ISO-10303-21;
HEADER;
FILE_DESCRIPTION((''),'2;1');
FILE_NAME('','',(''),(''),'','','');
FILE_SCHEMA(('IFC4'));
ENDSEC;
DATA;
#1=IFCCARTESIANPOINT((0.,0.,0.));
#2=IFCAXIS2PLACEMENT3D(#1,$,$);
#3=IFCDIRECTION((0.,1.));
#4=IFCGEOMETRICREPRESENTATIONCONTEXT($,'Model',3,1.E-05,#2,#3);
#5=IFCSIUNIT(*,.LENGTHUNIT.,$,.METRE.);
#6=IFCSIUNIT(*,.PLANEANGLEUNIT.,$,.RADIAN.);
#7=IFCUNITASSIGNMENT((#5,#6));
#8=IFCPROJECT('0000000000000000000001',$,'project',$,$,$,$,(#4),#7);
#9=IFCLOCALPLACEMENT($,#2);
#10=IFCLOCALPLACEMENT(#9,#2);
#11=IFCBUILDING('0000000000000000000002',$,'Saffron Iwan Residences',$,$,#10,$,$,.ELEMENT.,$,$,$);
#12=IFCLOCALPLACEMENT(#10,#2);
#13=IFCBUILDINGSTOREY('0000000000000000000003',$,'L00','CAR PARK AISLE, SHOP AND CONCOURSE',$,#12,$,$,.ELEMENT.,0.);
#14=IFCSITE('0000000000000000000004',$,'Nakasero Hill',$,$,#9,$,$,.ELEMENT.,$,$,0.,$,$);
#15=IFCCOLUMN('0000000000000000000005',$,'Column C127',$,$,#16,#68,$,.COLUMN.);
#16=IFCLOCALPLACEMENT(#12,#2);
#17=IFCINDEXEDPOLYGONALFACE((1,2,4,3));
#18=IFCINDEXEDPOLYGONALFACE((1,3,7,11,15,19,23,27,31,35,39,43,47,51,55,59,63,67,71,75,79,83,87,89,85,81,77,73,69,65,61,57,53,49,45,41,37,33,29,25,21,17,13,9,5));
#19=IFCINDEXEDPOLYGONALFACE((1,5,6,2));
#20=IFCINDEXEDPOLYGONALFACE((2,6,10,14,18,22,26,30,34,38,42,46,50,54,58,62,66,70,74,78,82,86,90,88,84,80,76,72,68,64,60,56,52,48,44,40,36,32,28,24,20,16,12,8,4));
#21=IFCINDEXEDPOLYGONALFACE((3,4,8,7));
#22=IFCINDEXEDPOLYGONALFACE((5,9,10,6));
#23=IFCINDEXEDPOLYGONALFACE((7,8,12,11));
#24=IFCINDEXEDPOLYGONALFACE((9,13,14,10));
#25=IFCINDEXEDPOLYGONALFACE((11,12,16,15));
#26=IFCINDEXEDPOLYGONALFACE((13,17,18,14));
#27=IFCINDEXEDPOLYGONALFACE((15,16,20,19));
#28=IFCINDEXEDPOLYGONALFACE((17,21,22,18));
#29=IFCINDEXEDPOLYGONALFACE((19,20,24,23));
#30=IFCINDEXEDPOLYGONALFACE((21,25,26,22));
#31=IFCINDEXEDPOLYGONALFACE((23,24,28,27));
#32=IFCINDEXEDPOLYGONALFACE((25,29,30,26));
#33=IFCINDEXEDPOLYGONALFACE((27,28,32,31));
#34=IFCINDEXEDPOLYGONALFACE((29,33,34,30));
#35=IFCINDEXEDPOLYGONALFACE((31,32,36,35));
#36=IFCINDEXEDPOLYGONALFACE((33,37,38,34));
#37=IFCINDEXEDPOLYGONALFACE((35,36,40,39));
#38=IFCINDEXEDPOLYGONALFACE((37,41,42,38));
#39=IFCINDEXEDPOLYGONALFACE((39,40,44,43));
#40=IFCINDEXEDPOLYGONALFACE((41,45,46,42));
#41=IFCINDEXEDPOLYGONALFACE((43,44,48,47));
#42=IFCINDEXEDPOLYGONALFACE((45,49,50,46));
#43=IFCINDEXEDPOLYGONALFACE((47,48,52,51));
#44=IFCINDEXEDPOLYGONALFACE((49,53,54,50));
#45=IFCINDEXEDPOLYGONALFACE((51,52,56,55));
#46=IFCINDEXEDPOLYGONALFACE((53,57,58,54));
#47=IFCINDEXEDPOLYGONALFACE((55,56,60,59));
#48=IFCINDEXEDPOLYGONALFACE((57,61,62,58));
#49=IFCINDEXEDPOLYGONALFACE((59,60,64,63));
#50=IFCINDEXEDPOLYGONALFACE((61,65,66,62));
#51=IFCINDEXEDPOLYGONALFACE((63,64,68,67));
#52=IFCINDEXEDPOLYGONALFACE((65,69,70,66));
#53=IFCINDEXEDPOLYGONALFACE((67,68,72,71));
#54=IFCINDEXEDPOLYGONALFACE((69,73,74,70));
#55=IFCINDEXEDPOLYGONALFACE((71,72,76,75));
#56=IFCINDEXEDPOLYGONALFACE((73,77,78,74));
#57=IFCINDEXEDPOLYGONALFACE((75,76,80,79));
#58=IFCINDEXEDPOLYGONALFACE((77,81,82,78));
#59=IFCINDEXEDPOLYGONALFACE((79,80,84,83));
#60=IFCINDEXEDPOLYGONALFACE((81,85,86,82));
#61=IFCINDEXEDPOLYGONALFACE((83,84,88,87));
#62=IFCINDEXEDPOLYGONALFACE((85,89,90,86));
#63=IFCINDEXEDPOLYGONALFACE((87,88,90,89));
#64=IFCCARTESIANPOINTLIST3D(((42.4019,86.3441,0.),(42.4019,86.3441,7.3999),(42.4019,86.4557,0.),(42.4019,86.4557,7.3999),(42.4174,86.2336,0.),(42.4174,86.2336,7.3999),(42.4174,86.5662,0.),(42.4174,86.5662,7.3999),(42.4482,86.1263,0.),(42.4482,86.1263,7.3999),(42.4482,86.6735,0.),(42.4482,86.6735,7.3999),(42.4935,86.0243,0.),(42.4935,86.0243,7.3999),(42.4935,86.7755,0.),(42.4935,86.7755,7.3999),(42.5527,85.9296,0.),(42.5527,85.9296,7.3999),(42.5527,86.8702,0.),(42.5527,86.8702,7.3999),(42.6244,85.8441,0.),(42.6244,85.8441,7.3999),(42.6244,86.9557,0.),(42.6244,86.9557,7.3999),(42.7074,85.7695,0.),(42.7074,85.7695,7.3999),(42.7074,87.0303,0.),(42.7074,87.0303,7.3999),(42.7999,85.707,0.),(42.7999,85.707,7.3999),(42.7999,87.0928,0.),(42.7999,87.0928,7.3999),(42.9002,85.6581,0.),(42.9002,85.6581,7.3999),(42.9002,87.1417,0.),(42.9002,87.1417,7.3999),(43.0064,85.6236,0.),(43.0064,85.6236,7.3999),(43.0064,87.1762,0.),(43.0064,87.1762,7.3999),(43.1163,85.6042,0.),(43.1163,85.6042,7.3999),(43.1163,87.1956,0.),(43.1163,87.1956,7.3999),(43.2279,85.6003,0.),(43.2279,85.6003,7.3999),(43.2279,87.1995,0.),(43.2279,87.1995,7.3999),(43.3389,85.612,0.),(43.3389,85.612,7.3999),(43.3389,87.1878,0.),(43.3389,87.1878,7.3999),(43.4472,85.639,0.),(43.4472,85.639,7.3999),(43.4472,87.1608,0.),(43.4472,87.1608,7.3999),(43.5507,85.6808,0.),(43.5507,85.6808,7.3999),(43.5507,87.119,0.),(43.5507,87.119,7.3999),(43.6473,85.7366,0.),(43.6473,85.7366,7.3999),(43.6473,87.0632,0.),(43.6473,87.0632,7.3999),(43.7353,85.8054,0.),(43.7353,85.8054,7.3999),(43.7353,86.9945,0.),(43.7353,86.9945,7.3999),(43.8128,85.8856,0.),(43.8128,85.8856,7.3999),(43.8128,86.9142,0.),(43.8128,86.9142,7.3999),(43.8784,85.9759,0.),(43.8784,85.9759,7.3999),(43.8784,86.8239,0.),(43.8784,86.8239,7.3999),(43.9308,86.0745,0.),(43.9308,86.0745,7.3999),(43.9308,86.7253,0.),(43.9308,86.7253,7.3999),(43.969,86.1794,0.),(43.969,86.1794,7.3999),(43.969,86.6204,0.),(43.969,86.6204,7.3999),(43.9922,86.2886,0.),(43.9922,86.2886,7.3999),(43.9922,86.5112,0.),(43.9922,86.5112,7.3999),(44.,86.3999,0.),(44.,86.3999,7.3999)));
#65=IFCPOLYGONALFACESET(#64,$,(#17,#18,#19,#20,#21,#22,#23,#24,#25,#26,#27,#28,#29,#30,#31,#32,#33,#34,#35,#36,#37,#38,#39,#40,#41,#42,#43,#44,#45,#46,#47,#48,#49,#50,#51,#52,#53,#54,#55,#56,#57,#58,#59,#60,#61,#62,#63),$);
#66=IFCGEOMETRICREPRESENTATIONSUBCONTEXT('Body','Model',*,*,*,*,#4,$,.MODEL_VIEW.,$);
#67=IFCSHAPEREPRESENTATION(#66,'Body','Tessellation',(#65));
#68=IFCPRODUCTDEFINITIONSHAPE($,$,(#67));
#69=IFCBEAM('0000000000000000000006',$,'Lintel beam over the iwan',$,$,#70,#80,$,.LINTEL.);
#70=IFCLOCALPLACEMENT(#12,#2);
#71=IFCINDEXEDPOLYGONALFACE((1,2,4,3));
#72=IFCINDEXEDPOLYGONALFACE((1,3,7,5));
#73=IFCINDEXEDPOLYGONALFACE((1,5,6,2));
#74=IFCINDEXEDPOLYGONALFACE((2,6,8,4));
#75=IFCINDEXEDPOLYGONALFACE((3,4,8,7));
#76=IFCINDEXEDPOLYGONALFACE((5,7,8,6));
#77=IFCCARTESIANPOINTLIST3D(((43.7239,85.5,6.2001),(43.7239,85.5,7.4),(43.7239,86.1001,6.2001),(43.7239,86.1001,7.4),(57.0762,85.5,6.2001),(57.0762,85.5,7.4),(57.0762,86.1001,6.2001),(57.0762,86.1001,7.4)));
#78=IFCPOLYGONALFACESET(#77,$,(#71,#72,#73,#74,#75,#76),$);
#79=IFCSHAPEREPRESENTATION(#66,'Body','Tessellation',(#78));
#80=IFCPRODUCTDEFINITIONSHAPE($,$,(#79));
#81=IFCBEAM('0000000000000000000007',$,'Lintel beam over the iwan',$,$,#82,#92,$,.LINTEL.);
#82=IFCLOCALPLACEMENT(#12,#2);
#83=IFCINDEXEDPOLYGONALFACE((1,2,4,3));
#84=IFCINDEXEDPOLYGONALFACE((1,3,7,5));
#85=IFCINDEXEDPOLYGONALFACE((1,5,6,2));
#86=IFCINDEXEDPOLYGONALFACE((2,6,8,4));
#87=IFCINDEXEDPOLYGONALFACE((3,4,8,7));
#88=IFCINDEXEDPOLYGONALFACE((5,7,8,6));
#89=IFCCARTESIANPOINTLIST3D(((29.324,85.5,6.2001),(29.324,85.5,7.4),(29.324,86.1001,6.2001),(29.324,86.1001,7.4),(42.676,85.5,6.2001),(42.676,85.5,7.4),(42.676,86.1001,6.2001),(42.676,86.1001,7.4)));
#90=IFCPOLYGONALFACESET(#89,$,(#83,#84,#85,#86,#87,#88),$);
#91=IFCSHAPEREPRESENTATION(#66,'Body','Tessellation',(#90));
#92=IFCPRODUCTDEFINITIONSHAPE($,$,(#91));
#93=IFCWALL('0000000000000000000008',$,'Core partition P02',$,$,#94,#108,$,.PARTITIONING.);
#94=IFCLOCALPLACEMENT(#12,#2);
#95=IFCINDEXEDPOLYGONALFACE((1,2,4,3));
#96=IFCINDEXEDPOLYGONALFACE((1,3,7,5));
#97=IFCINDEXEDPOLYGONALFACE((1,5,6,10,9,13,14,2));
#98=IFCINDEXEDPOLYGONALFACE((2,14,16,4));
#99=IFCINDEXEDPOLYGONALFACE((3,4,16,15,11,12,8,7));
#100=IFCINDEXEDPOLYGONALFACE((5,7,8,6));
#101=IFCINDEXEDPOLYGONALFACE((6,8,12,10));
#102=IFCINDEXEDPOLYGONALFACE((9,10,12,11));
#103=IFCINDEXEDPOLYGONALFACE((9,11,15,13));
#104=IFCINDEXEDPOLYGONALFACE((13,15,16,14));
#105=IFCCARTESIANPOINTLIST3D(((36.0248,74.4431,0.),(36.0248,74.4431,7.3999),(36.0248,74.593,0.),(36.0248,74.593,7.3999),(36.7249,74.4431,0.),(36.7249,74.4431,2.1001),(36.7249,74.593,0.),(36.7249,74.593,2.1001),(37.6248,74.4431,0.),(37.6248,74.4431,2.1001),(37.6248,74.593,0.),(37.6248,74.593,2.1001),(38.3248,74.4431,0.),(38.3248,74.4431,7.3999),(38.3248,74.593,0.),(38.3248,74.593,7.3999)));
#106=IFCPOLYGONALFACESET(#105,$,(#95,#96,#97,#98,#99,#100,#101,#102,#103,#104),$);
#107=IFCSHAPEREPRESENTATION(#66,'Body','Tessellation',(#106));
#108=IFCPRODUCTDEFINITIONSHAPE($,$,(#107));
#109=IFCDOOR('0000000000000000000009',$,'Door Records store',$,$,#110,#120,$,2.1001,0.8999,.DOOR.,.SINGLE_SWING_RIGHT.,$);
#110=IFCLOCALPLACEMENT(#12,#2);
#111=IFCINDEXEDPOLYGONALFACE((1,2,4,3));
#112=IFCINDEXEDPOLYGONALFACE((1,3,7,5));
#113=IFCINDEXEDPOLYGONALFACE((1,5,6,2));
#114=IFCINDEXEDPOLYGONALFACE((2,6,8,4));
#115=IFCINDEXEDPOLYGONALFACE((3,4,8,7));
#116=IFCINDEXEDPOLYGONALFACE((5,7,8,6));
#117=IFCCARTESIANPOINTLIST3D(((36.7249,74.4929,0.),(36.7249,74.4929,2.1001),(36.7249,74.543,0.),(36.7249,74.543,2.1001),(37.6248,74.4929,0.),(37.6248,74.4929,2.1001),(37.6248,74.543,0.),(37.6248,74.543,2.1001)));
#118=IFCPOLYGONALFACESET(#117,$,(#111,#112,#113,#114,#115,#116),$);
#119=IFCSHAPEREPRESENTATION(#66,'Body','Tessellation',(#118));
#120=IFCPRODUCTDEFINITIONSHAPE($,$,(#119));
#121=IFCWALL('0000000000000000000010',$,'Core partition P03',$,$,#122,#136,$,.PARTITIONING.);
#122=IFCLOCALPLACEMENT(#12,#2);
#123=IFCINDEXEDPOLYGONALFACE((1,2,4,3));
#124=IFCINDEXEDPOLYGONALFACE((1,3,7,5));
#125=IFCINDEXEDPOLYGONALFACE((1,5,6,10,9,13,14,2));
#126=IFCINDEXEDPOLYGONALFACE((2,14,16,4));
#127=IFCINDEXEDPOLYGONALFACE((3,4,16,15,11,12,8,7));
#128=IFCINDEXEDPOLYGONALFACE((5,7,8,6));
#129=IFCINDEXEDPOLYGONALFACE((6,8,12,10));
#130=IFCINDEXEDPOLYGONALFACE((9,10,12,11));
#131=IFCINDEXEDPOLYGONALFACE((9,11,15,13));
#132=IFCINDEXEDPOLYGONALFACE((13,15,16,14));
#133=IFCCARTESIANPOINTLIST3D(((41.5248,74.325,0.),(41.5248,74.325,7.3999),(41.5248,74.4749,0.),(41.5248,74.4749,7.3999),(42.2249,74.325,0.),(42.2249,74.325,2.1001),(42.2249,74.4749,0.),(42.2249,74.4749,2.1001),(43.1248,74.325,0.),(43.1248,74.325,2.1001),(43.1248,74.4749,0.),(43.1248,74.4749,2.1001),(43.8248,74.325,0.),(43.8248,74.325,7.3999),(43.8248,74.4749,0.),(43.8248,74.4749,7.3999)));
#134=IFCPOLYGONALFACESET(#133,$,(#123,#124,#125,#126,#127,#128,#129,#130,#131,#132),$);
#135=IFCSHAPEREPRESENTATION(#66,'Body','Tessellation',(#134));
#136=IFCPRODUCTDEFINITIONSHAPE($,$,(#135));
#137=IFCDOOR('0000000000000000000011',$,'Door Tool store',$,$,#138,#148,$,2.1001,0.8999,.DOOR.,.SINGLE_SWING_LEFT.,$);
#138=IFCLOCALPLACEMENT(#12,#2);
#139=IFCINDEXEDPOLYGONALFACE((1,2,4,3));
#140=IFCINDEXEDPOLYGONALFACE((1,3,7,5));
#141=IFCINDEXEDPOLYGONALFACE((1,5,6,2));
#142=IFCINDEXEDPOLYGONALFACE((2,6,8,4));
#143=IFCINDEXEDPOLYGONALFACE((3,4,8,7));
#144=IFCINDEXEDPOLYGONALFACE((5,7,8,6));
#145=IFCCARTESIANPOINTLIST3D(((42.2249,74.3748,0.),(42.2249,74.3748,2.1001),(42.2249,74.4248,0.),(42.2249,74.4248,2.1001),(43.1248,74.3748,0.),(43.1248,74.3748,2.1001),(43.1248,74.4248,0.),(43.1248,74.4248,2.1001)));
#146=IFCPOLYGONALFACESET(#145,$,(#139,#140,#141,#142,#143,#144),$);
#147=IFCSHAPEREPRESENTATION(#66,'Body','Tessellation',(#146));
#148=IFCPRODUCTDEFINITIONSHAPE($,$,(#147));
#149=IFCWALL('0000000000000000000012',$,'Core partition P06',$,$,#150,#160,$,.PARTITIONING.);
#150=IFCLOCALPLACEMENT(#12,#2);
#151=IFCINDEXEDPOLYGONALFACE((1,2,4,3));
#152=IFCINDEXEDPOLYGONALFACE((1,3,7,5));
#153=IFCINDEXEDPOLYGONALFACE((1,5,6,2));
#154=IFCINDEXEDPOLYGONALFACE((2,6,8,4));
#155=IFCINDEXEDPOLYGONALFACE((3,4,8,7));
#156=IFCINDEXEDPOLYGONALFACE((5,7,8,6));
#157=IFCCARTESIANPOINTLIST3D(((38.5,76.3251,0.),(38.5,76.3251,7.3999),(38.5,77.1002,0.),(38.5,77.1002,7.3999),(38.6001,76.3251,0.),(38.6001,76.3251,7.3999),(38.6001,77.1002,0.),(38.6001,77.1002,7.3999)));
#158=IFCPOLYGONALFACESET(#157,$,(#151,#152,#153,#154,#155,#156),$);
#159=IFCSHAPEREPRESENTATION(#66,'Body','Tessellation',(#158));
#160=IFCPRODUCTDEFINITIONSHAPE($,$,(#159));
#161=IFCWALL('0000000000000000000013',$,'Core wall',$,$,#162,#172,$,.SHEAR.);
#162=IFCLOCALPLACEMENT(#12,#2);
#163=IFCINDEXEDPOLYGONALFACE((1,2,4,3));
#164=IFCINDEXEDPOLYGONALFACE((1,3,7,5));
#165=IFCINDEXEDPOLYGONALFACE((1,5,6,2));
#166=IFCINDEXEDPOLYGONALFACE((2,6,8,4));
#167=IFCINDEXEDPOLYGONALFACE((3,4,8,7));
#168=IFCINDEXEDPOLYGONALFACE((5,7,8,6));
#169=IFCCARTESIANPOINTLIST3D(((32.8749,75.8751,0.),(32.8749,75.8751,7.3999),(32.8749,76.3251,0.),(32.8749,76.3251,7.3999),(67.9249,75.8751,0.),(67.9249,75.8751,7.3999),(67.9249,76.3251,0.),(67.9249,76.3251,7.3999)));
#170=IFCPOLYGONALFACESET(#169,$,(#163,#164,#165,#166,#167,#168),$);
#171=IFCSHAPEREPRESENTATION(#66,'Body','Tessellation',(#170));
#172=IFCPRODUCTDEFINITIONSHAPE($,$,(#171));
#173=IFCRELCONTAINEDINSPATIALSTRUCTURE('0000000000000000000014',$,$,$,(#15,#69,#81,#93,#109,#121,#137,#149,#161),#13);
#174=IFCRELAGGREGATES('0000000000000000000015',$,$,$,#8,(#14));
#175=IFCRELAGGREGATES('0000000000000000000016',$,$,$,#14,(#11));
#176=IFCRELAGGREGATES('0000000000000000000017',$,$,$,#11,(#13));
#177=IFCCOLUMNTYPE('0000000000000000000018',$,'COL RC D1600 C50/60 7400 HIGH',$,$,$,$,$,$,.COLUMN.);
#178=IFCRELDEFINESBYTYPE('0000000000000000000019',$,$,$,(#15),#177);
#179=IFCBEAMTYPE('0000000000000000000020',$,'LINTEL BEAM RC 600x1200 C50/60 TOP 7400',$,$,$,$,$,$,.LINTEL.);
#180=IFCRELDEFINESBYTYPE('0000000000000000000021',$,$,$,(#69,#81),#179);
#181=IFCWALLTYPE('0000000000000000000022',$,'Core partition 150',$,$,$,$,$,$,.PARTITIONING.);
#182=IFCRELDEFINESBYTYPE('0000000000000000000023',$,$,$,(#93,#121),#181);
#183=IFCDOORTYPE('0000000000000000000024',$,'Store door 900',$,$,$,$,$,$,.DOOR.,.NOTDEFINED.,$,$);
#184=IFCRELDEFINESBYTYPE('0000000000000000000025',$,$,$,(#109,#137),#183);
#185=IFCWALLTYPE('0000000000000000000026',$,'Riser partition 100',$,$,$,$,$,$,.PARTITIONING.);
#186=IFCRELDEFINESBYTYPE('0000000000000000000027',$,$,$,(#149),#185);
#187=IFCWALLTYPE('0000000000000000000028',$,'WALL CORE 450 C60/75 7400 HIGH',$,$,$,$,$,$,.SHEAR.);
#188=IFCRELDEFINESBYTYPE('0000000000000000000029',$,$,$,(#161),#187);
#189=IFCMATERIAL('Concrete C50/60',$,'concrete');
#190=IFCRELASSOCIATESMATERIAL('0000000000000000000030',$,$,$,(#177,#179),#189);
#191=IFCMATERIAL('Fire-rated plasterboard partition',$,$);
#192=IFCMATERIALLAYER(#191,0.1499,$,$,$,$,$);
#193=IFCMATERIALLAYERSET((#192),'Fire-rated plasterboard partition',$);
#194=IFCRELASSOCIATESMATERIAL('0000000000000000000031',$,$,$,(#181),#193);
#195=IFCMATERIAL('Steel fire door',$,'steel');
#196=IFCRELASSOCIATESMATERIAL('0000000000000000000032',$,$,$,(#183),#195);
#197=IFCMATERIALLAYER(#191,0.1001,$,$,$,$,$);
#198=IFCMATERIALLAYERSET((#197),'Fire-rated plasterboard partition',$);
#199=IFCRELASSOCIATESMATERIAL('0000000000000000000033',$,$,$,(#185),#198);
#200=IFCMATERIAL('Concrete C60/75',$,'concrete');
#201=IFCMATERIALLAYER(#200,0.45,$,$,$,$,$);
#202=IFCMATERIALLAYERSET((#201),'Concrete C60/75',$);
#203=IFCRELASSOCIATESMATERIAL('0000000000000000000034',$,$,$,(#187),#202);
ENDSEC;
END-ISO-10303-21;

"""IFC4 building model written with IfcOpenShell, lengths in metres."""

from ifc_helpers import new_model, si_unit, direction, frame, frame_2d, origin, origin_2d, place, context, subcontext, project, spatial, rectangle, circle, extrude, source, transform, mapped, material, layer, layer_set, material_profile, profile_set, type_object, element, fill, save


model = new_model("IFC4")

# Units and contexts
model_context = context("Model", 3, precision=1e-05, world=origin(), true_north=direction((0.0, 1.0)))
body_context = subcontext(model_context, "Body", "Model", "MODEL_VIEW")
ifc_project = project(units=[si_unit("LENGTHUNIT", "METRE"), si_unit("PLANEANGLEUNIT", "RADIAN")], contexts=[model_context])

# Site, building, storey
site_placement = place(None, origin())
site = spatial("IfcSite", under=ifc_project, at=site_placement, Name="Nakasero Hill", CompositionType="ELEMENT", RefElevation=0.0)
building_placement = place(site_placement, origin())
building = spatial("IfcBuilding", under=site, at=building_placement, Name="Saffron Iwan Residences", CompositionType="ELEMENT")
storey_placement = place(building_placement, origin())
storey = spatial("IfcBuildingStorey", under=building, at=storey_placement, Name="L00", Description="CAR PARK AISLE, SHOP AND CONCOURSE", CompositionType="ELEMENT", Elevation=0.0)

# Column
ifc_material_1 = material(Name="Concrete C50/60", Category="concrete")
ifc_material_profile_1 = material_profile(ifc_material_1, circle(Radius=0.8, at=origin_2d()), Name="RC D1600")
ifc_profile_set_1 = profile_set([ifc_material_profile_1], Name="Concrete C50/60")
column_type = type_object("IfcColumnType", Name="COL RC D1600 C50/60 7400 HIGH", PredefinedType="COLUMN", material=ifc_profile_set_1)
shared_shape_1 = source(origin(), body_context, "Body", "SweptSolid", [
    extrude(circle(Radius=0.8, at=origin_2d()), origin(), (0.0, 0.0, 1.0), 7.3999),
])
column_placement = place(storey_placement, frame((43.2, 86.3999, 0.0), z_axis=(0.0, 0.0, 1.0), x_axis=(1.0, 0.0, 0.0)))
element("IfcColumn", 1, at=column_placement, inside=storey, type_object=column_type, Name="Column C127", PredefinedType="COLUMN", context=body_context, shape_type="MappedRepresentation", body=[
    mapped(shared_shape_1, transform((0.0, 0.0, 0.0))),
])

# Beams
ifc_material_profile_2 = material_profile(ifc_material_1, rectangle(XDim=0.6001, YDim=1.2, at=origin_2d()), Name="RC 600x1200")
ifc_profile_set_2 = profile_set([ifc_material_profile_2], Name="Concrete C50/60")
beam_type = type_object("IfcBeamType", Name="LINTEL BEAM RC 600x1200 C50/60 TOP 7400", PredefinedType="LINTEL", material=ifc_profile_set_2)
shared_shape_2 = source(origin(), body_context, "Body", "SweptSolid", [
    extrude(rectangle(XDim=0.6001, YDim=1.2, at=origin_2d()), origin(), (0.0, 0.0, 1.0), 13.3523),
])
beam_1_placement = place(storey_placement, frame((43.7239, 85.8, 6.8), z_axis=(1.0, 0.0, 0.0), x_axis=(0.0, 1.0, 0.0)))
element("IfcBeam", 2, at=beam_1_placement, inside=storey, type_object=beam_type, Name="Lintel beam over the iwan", PredefinedType="LINTEL", context=body_context, shape_type="MappedRepresentation", body=[
    mapped(shared_shape_2, transform((0.0, 0.0, 0.0))),
])
shared_shape_3 = source(origin(), body_context, "Body", "SweptSolid", [
    extrude(rectangle(XDim=0.6001, YDim=1.2, at=origin_2d()), origin(), (0.0, 0.0, 1.0), 13.3521),
])
beam_2_placement = place(storey_placement, frame((29.324, 85.8, 6.8), z_axis=(1.0, 0.0, 0.0), x_axis=(0.0, 1.0, 0.0)))
element("IfcBeam", 3, at=beam_2_placement, inside=storey, type_object=beam_type, Name="Lintel beam over the iwan", PredefinedType="LINTEL", context=body_context, shape_type="MappedRepresentation", body=[
    mapped(shared_shape_3, transform((0.0, 0.0, 0.0))),
])

# Walls, openings, doors
ifc_material_2 = material(Name="Fire-rated plasterboard partition")
ifc_layer_1 = layer(ifc_material_2, 0.1499)
ifc_layer_set_1 = layer_set([ifc_layer_1], Name="Fire-rated plasterboard partition")
wall_type_1 = type_object("IfcWallType", Name="Core partition 150", PredefinedType="PARTITIONING", material=ifc_layer_set_1)
wall_1_placement = place(storey_placement, frame((36.0249, 74.5181, 0.0), z_axis=(0.0, 0.0, 1.0), x_axis=(1.0, 0.0, 0.0)))
wall_1 = element("IfcWall", 4, at=wall_1_placement, inside=storey, type_object=wall_type_1, Name="Core partition P02", PredefinedType="PARTITIONING", context=body_context, shape_type="SweptSolid", body=[
    extrude(rectangle(XDim=2.3, YDim=0.1499, at=frame_2d((1.1499, 0.0))), origin(), (0.0, 0.0, 1.0), 7.3999),
])
opening_1_placement = place(wall_1_placement, frame((0.7, 0.0, 0.0)))
opening_1 = element("IfcOpeningElement", 5, at=opening_1_placement, cuts=wall_1, PredefinedType="OPENING", context=body_context, shape_type="SweptSolid", body=[
    extrude(rectangle(XDim=0.8999, YDim=2.1001, at=frame_2d((0.45, 1.05))), frame((0.0, 0.085, 0.0), z_axis=(0.0, -1.0, 0.0), x_axis=(1.0, 0.0, 0.0)), (0.0, 0.0, 1.0), 0.1699),
])
ifc_material_3 = material(Name="Steel fire door", Category="steel")
door_type = type_object("IfcDoorType", Name="Store door 900", OperationType="NOTDEFINED", PredefinedType="DOOR", material=ifc_material_3)
door_1_placement = place(opening_1_placement, origin())
door_1 = element("IfcDoor", 6, at=door_1_placement, inside=storey, type_object=door_type, Name="Door Records store", OperationType="SINGLE_SWING_RIGHT", OverallHeight=2.1001, OverallWidth=0.8999, PredefinedType="DOOR", context=body_context, shape_type="SweptSolid", body=[
    extrude(rectangle(XDim=0.8999, YDim=2.1001, at=frame_2d((0.45, 1.05))), frame((0.0, 0.0249, 0.0), z_axis=(0.0, -1.0, 0.0), x_axis=(1.0, 0.0, 0.0)), (0.0, 0.0, 1.0), 0.05),
])
fill(opening_1, door_1)
wall_2_placement = place(storey_placement, frame((41.5249, 74.3999, 0.0), z_axis=(0.0, 0.0, 1.0), x_axis=(1.0, 0.0, 0.0)))
wall_2 = element("IfcWall", 7, at=wall_2_placement, inside=storey, type_object=wall_type_1, Name="Core partition P03", PredefinedType="PARTITIONING", context=body_context, shape_type="SweptSolid", body=[
    extrude(rectangle(XDim=2.3, YDim=0.1499, at=frame_2d((1.1499, 0.0))), origin(), (0.0, 0.0, 1.0), 7.3999),
])
opening_2_placement = place(wall_2_placement, frame((0.7, 0.0, 0.0)))
opening_2 = element("IfcOpeningElement", 8, at=opening_2_placement, cuts=wall_2, PredefinedType="OPENING", context=body_context, shape_type="SweptSolid", body=[
    extrude(rectangle(XDim=0.8999, YDim=2.1001, at=frame_2d((0.45, 1.05))), frame((0.0, 0.085, 0.0), z_axis=(0.0, -1.0, 0.0), x_axis=(1.0, 0.0, 0.0)), (0.0, 0.0, 1.0), 0.1699),
])
door_2_placement = place(opening_2_placement, origin())
door_2 = element("IfcDoor", 9, at=door_2_placement, inside=storey, type_object=door_type, Name="Door Tool store", OperationType="SINGLE_SWING_LEFT", OverallHeight=2.1001, OverallWidth=0.8999, PredefinedType="DOOR", context=body_context, shape_type="SweptSolid", body=[
    extrude(rectangle(XDim=0.8999, YDim=2.1001, at=frame_2d((0.45, 1.05))), frame((0.0, 0.0249, 0.0), z_axis=(0.0, -1.0, 0.0), x_axis=(1.0, 0.0, 0.0)), (0.0, 0.0, 1.0), 0.05),
])
fill(opening_2, door_2)

# Walls
ifc_layer_2 = layer(ifc_material_2, 0.1001)
ifc_layer_set_2 = layer_set([ifc_layer_2], Name="Fire-rated plasterboard partition")
wall_type_2 = type_object("IfcWallType", Name="Riser partition 100", PredefinedType="PARTITIONING", material=ifc_layer_set_2)
wall_3_placement = place(storey_placement, frame((38.55, 76.325, 0.0), z_axis=(0.0, 0.0, 1.0), x_axis=(0.0, 1.0, 0.0)))
element("IfcWall", 10, at=wall_3_placement, inside=storey, type_object=wall_type_2, Name="Core partition P06", PredefinedType="PARTITIONING", context=body_context, shape_type="SweptSolid", body=[
    extrude(rectangle(XDim=0.7751, YDim=0.1001, at=frame_2d((0.3877, 0.0))), origin(), (0.0, 0.0, 1.0), 7.3999),
])
ifc_material_4 = material(Name="Concrete C60/75", Category="concrete")
ifc_layer_3 = layer(ifc_material_4, 0.45)
ifc_layer_set_3 = layer_set([ifc_layer_3], Name="Concrete C60/75")
wall_type_3 = type_object("IfcWallType", Name="WALL CORE 450 C60/75 7400 HIGH", PredefinedType="SHEAR", material=ifc_layer_set_3)
wall_4_placement = place(storey_placement, frame((32.875, 76.1001, 0.0), z_axis=(0.0, 0.0, 1.0), x_axis=(1.0, 0.0, 0.0)))
element("IfcWall", 11, at=wall_4_placement, inside=storey, type_object=wall_type_3, Name="Core wall", PredefinedType="SHEAR", context=body_context, shape_type="SweptSolid", body=[
    extrude(rectangle(XDim=35.05, YDim=0.45, at=frame_2d((17.5249, 0.0))), origin(), (0.0, 0.0, 1.0), 7.3999),
])

save(model, "model.ifc")
